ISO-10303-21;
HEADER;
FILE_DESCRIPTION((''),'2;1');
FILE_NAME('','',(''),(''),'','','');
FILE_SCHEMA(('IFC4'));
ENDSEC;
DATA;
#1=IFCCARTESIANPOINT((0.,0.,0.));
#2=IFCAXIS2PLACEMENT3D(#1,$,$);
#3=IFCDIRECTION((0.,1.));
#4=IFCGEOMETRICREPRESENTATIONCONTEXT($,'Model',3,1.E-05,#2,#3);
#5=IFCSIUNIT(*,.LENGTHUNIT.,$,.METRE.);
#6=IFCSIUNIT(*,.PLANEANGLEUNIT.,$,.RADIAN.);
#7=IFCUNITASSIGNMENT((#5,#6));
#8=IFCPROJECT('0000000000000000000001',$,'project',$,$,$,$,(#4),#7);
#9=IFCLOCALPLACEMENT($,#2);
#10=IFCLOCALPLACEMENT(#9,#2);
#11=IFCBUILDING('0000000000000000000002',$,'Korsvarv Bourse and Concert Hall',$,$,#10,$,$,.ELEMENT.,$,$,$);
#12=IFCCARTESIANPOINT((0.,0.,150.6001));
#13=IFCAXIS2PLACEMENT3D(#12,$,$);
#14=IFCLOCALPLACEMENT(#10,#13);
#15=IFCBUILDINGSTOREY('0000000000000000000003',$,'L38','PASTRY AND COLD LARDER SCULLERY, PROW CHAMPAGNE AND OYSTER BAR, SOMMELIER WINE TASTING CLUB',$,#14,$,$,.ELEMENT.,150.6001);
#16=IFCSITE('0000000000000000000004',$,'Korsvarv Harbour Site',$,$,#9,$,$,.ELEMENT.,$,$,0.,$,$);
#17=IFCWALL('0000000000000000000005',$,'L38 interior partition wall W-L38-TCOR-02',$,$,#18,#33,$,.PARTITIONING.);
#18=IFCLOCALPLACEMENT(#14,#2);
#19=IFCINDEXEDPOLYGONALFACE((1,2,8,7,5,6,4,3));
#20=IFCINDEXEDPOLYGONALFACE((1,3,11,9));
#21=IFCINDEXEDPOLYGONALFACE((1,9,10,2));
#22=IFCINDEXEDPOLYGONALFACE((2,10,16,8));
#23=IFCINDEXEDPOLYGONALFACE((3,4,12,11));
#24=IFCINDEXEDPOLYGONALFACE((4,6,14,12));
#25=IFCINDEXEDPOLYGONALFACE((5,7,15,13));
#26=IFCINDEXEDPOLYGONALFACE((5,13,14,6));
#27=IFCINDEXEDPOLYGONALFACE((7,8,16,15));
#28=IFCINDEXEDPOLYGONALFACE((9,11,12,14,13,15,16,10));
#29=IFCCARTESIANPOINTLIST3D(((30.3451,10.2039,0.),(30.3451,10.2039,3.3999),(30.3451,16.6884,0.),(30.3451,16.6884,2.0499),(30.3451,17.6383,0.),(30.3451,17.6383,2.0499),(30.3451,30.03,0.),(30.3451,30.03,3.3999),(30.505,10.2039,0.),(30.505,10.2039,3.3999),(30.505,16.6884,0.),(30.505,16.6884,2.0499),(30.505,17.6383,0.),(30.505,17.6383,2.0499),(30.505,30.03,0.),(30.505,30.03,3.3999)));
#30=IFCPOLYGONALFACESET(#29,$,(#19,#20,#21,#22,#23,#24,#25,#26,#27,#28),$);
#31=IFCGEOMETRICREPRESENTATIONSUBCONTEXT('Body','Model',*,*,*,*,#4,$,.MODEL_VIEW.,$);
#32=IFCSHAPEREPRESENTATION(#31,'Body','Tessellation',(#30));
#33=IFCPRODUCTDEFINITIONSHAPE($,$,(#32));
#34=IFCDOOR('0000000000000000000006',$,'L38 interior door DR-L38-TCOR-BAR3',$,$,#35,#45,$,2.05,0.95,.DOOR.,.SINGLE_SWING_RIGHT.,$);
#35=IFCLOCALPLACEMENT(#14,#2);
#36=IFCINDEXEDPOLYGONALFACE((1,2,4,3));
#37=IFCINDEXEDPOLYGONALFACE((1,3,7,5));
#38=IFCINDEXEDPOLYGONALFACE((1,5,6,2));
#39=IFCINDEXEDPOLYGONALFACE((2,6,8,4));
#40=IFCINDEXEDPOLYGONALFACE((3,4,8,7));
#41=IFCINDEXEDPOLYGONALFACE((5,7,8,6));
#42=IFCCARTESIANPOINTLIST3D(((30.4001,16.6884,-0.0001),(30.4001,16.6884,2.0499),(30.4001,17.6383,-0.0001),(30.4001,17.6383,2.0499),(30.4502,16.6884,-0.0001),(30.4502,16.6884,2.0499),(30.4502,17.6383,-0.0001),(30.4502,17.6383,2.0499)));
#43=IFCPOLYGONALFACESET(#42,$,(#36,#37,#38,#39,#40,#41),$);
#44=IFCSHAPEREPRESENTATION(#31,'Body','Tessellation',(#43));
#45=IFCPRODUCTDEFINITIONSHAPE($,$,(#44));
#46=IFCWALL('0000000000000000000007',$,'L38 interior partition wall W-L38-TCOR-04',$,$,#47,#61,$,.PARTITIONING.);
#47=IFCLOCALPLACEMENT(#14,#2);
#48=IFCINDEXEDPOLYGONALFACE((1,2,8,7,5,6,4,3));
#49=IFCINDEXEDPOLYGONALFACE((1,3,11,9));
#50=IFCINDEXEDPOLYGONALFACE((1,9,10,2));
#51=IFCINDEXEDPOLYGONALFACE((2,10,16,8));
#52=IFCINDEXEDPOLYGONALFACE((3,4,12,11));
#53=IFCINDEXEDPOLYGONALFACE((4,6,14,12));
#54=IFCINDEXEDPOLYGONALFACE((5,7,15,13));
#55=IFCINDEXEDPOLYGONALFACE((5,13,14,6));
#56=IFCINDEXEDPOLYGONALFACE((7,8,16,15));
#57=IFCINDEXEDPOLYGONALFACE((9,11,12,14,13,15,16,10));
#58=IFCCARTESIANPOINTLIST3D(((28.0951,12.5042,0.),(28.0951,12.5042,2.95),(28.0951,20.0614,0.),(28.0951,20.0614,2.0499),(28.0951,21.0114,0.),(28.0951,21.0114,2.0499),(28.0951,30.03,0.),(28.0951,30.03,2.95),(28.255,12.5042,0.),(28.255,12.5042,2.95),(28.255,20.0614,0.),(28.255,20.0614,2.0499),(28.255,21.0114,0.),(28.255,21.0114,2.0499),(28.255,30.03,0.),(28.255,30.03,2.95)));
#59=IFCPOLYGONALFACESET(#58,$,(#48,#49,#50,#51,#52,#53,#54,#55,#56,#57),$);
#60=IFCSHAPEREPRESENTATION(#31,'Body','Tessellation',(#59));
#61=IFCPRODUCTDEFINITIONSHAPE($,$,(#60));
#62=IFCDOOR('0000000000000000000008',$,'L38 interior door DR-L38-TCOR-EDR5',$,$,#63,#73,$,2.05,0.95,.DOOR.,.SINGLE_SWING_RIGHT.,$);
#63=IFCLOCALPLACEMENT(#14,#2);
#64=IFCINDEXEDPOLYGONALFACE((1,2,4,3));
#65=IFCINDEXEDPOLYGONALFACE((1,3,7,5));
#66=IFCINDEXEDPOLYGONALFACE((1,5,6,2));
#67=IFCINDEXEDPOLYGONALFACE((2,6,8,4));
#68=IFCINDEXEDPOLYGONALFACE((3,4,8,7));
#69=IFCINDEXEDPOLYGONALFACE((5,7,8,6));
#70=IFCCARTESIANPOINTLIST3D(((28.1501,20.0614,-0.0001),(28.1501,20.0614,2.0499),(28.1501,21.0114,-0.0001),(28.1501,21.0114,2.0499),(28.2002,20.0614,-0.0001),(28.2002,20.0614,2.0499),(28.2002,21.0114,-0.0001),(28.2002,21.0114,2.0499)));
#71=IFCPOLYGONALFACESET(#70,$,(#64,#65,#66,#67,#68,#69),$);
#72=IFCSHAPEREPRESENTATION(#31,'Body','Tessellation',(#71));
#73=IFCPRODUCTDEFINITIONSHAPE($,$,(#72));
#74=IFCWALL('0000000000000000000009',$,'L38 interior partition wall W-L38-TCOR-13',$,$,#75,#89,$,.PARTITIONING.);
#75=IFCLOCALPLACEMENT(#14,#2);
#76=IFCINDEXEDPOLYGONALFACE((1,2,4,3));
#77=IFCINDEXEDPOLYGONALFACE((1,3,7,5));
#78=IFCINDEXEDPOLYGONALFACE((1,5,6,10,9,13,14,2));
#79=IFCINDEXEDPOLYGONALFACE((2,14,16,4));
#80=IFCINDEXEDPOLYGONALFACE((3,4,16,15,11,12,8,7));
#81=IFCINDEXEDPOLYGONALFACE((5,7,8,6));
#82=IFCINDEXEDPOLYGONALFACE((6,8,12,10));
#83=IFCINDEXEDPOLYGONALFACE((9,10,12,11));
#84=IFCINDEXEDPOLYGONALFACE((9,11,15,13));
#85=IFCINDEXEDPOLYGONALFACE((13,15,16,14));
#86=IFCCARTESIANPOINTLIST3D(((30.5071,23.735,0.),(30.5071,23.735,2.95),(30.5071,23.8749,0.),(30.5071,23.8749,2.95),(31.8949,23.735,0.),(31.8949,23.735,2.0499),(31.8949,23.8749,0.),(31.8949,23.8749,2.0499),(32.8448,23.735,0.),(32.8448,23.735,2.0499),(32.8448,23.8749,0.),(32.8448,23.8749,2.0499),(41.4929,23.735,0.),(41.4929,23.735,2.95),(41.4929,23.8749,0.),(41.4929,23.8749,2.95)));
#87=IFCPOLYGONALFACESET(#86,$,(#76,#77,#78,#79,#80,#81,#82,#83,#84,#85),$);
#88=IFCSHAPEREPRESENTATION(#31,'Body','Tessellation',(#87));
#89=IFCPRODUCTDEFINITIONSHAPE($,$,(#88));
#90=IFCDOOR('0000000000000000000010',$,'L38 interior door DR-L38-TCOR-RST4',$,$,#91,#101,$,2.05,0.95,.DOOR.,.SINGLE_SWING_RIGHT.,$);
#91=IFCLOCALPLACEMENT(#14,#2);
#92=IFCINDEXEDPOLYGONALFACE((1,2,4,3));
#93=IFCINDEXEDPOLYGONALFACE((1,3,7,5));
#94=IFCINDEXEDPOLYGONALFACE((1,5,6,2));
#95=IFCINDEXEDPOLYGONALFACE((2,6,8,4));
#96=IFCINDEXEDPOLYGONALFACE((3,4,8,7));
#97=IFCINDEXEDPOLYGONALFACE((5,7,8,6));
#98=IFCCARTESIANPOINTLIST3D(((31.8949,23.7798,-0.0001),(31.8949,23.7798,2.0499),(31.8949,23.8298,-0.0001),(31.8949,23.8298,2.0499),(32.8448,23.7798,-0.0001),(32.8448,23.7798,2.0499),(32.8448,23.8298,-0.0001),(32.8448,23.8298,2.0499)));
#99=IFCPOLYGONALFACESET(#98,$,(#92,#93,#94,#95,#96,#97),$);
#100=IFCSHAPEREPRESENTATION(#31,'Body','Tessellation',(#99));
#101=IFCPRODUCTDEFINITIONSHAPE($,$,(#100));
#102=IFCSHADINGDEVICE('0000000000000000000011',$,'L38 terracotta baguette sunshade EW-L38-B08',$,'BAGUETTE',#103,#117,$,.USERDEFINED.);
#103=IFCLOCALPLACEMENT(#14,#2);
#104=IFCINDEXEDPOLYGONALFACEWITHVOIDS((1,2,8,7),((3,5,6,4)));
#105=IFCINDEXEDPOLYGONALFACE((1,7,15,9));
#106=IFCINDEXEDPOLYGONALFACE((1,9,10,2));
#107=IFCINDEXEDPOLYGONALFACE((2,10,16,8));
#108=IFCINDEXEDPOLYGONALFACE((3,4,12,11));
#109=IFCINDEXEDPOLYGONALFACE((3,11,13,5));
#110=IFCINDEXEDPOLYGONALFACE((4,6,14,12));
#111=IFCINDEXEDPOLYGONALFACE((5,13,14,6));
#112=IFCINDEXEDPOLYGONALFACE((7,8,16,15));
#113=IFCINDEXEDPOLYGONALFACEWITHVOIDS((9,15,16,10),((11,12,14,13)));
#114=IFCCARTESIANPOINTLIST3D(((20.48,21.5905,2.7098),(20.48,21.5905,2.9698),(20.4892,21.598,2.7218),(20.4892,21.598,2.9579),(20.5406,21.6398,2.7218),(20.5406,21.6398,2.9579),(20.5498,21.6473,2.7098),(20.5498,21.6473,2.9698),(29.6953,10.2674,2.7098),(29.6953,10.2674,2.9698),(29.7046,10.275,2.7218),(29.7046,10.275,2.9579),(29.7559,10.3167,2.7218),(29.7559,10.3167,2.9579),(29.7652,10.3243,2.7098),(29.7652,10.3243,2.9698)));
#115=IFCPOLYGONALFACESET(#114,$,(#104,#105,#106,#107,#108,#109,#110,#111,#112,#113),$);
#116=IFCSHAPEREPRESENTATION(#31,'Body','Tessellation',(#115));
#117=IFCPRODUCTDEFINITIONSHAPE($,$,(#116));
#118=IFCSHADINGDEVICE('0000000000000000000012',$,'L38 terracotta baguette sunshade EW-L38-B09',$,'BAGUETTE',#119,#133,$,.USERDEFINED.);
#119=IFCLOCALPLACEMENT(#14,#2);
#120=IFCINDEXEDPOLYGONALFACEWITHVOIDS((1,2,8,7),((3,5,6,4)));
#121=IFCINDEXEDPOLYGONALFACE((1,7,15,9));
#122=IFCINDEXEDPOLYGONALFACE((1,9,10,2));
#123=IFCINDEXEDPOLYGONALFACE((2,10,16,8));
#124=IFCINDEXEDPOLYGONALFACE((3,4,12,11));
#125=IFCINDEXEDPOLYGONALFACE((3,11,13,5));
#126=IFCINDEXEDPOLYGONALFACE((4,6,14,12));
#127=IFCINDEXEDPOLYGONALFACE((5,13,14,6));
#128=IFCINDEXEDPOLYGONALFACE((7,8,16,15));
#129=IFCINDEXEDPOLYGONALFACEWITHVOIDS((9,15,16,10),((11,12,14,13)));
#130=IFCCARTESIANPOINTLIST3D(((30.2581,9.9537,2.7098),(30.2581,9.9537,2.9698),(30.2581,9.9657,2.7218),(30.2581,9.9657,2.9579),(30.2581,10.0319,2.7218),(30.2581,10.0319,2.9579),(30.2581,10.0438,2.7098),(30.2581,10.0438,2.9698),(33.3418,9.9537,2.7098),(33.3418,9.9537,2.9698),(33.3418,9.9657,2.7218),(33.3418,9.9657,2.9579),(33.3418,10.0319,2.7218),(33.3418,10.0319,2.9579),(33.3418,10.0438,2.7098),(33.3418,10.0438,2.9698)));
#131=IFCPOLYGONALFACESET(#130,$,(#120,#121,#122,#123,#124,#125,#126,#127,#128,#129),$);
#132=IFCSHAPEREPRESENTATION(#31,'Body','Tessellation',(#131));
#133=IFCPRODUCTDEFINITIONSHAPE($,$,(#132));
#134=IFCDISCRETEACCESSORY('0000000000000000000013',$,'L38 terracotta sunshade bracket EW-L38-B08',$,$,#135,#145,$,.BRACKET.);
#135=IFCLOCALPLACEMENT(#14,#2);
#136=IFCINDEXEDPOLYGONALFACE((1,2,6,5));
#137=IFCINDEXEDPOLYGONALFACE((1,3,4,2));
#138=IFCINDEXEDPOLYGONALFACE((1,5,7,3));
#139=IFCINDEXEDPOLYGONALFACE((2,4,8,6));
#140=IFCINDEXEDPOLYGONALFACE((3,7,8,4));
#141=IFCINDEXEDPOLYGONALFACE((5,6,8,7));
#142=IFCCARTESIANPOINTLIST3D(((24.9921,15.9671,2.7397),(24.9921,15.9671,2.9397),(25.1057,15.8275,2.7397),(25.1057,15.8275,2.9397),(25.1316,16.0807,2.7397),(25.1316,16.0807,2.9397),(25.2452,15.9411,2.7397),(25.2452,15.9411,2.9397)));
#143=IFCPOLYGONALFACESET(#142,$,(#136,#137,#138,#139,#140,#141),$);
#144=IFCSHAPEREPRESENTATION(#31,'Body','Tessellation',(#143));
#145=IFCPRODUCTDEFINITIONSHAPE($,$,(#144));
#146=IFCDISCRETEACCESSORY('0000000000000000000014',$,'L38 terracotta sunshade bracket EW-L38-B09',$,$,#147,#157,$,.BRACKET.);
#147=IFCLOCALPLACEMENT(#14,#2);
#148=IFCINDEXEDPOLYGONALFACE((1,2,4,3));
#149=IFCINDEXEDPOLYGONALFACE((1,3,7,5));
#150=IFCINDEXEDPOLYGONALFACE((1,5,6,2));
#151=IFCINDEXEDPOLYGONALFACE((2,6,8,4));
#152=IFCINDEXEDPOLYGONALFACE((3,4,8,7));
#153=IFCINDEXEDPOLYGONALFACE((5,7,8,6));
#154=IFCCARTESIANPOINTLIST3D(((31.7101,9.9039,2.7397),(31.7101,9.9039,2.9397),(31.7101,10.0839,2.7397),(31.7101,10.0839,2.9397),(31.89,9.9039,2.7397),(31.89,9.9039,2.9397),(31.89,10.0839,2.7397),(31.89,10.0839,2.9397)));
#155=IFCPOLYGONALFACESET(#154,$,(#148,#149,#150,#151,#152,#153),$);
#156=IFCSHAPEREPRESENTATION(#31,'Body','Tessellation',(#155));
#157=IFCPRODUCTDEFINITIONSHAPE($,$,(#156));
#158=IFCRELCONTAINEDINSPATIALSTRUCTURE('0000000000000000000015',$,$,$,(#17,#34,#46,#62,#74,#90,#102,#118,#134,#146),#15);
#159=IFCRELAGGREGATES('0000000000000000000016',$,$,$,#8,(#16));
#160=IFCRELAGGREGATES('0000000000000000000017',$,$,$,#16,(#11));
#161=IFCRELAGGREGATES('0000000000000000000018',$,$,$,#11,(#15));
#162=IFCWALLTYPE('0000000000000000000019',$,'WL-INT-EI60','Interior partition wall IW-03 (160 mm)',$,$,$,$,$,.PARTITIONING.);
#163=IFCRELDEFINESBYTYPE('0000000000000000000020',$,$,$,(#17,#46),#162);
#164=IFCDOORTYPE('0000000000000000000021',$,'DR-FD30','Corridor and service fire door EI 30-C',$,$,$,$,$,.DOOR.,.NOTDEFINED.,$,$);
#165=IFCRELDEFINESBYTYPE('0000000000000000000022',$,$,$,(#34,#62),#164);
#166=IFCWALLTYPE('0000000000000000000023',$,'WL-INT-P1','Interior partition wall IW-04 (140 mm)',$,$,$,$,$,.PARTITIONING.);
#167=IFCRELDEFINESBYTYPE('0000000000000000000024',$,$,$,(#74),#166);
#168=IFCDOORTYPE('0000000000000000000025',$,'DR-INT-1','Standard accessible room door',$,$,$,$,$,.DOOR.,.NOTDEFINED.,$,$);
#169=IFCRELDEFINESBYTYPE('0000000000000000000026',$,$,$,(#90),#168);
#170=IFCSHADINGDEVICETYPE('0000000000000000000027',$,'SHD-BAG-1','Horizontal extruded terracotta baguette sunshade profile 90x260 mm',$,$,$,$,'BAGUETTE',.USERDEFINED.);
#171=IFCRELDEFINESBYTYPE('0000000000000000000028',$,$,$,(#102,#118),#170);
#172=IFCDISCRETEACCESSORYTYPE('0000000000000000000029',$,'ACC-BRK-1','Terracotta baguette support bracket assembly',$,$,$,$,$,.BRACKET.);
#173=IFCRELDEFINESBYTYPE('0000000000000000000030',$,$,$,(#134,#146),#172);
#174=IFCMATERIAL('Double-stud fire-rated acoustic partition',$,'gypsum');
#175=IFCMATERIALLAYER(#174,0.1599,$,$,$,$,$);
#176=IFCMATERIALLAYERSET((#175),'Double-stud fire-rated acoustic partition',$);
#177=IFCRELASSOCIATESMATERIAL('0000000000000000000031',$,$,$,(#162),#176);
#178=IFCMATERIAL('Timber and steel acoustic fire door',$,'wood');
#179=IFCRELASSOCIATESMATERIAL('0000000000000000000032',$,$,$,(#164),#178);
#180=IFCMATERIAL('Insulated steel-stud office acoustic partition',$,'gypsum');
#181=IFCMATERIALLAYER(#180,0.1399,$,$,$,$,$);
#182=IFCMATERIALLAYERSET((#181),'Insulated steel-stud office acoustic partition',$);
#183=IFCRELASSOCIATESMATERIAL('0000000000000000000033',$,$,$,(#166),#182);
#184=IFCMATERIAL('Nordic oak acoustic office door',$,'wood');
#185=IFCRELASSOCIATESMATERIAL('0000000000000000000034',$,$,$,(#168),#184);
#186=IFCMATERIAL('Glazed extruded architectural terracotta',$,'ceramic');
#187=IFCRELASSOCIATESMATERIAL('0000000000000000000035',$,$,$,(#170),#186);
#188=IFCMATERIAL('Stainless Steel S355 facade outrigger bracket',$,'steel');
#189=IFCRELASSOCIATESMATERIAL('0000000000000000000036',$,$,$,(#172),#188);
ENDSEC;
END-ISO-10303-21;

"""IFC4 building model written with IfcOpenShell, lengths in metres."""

from ifc_helpers import new_model, si_unit, direction, frame, frame_2d, origin, origin_2d, place, context, subcontext, project, spatial, rectangle, hollow_rectangle, extrude, source, transform, mapped, material, layer, layer_set, material_profile, profile_set, type_object, element, fill, save


model = new_model("IFC4")

# Units and contexts
model_context = context("Model", 3, precision=1e-05, world=origin(), true_north=direction((0.0, 1.0)))
body_context = subcontext(model_context, "Body", "Model", "MODEL_VIEW")
ifc_project = project(units=[si_unit("LENGTHUNIT", "METRE"), si_unit("PLANEANGLEUNIT", "RADIAN")], contexts=[model_context])

# Site, building, storey
site_placement = place(None, origin())
site = spatial("IfcSite", under=ifc_project, at=site_placement, Name="Korsvarv Harbour Site", CompositionType="ELEMENT", RefElevation=0.0)
building_placement = place(site_placement, origin())
building = spatial("IfcBuilding", under=site, at=building_placement, Name="Korsvarv Bourse and Concert Hall", CompositionType="ELEMENT")
storey_placement = place(building_placement, frame((0.0, 0.0, 150.6001)))
storey = spatial("IfcBuildingStorey", under=building, at=storey_placement, Name="L38", Description="PASTRY AND COLD LARDER SCULLERY, PROW CHAMPAGNE AND OYSTER BAR, SOMMELIER WINE TASTING CLUB", CompositionType="ELEMENT", Elevation=150.6001)

# Walls, openings, doors
ifc_material_1 = material(Name="Double-stud fire-rated acoustic partition", Category="gypsum")
ifc_layer_1 = layer(ifc_material_1, 0.1599)
ifc_layer_set_1 = layer_set([ifc_layer_1], Name="Double-stud fire-rated acoustic partition")
wall_type_1 = type_object("IfcWallType", Name="WL-INT-EI60", Description="Interior partition wall IW-03 (160 mm)", PredefinedType="PARTITIONING", material=ifc_layer_set_1)
wall_1_placement = place(storey_placement, frame((30.425, 10.2039, 0.0), z_axis=(0.0, 0.0, 1.0), x_axis=(0.0, 1.0, 0.0)))
wall_1 = element("IfcWall", 1, at=wall_1_placement, inside=storey, type_object=wall_type_1, Name="L38 interior partition wall W-L38-TCOR-02", PredefinedType="PARTITIONING", context=body_context, shape_type="SweptSolid", body=[
    extrude(rectangle(XDim=19.8262, YDim=0.1599, at=frame_2d((9.9131, 0.0))), origin(), (0.0, 0.0, 1.0), 3.3999),
])
opening_1_placement = place(wall_1_placement, frame((6.4844, 0.0, 0.0)))
opening_1 = element("IfcOpeningElement", 2, at=opening_1_placement, cuts=wall_1, PredefinedType="OPENING", context=body_context, shape_type="SweptSolid", body=[
    extrude(rectangle(XDim=0.95, YDim=2.05, at=frame_2d((0.4751, 1.0249))), frame((0.0, 0.0898, 0.0), z_axis=(0.0, -1.0, 0.0), x_axis=(1.0, 0.0, 0.0)), (0.0, 0.0, 1.0), 0.1799),
])
ifc_material_2 = material(Name="Timber and steel acoustic fire door", Category="wood")
door_type_1 = type_object("IfcDoorType", Name="DR-FD30", Description="Corridor and service fire door EI 30-C", OperationType="NOTDEFINED", PredefinedType="DOOR", material=ifc_material_2)
door_1_placement = place(opening_1_placement, origin())
door_1 = element("IfcDoor", 3, at=door_1_placement, inside=storey, type_object=door_type_1, Name="L38 interior door DR-L38-TCOR-BAR3", OperationType="SINGLE_SWING_RIGHT", OverallHeight=2.05, OverallWidth=0.95, PredefinedType="DOOR", context=body_context, shape_type="SweptSolid", body=[
    extrude(rectangle(XDim=0.95, YDim=2.05, at=frame_2d((0.4751, 1.0249))), frame((0.0, 0.0249, 0.0), z_axis=(0.0, -1.0, 0.0), x_axis=(1.0, 0.0, 0.0)), (0.0, 0.0, 1.0), 0.05),
])
fill(opening_1, door_1)
wall_2_placement = place(storey_placement, frame((28.175, 12.5042, 0.0), z_axis=(0.0, 0.0, 1.0), x_axis=(0.0, 1.0, 0.0)))
wall_2 = element("IfcWall", 4, at=wall_2_placement, inside=storey, type_object=wall_type_1, Name="L38 interior partition wall W-L38-TCOR-04", PredefinedType="PARTITIONING", context=body_context, shape_type="SweptSolid", body=[
    extrude(rectangle(XDim=17.5259, YDim=0.1599, at=frame_2d((8.7629, 0.0))), origin(), (0.0, 0.0, 1.0), 2.95),
])
opening_2_placement = place(wall_2_placement, frame((7.5571, 0.0, 0.0)))
opening_2 = element("IfcOpeningElement", 5, at=opening_2_placement, cuts=wall_2, PredefinedType="OPENING", context=body_context, shape_type="SweptSolid", body=[
    extrude(rectangle(XDim=0.95, YDim=2.05, at=frame_2d((0.4751, 1.0249))), frame((0.0, 0.0898, 0.0), z_axis=(0.0, -1.0, 0.0), x_axis=(1.0, 0.0, 0.0)), (0.0, 0.0, 1.0), 0.1799),
])
door_2_placement = place(opening_2_placement, origin())
door_2 = element("IfcDoor", 6, at=door_2_placement, inside=storey, type_object=door_type_1, Name="L38 interior door DR-L38-TCOR-EDR5", OperationType="SINGLE_SWING_RIGHT", OverallHeight=2.05, OverallWidth=0.95, PredefinedType="DOOR", context=body_context, shape_type="SweptSolid", body=[
    extrude(rectangle(XDim=0.95, YDim=2.05, at=frame_2d((0.4751, 1.0249))), frame((0.0, 0.0249, 0.0), z_axis=(0.0, -1.0, 0.0), x_axis=(1.0, 0.0, 0.0)), (0.0, 0.0, 1.0), 0.05),
])
fill(opening_2, door_2)
ifc_material_3 = material(Name="Insulated steel-stud office acoustic partition", Category="gypsum")
ifc_layer_2 = layer(ifc_material_3, 0.1399)
ifc_layer_set_2 = layer_set([ifc_layer_2], Name="Insulated steel-stud office acoustic partition")
wall_type_2 = type_object("IfcWallType", Name="WL-INT-P1", Description="Interior partition wall IW-04 (140 mm)", PredefinedType="PARTITIONING", material=ifc_layer_set_2)
wall_3_placement = place(storey_placement, frame((30.5071, 23.8049, 0.0), z_axis=(0.0, 0.0, 1.0), x_axis=(1.0, 0.0, 0.0)))
wall_3 = element("IfcWall", 7, at=wall_3_placement, inside=storey, type_object=wall_type_2, Name="L38 interior partition wall W-L38-TCOR-13", PredefinedType="PARTITIONING", context=body_context, shape_type="SweptSolid", body=[
    extrude(rectangle(XDim=10.9858, YDim=0.1399, at=frame_2d((5.4929, 0.0))), origin(), (0.0, 0.0, 1.0), 2.95),
])
opening_3_placement = place(wall_3_placement, frame((1.3877, 0.0, 0.0)))
opening_3 = element("IfcOpeningElement", 8, at=opening_3_placement, cuts=wall_3, PredefinedType="OPENING", context=body_context, shape_type="SweptSolid", body=[
    extrude(rectangle(XDim=0.95, YDim=2.05, at=frame_2d((0.4751, 1.0249))), frame((0.0, 0.0801, 0.0), z_axis=(0.0, -1.0, 0.0), x_axis=(1.0, 0.0, 0.0)), (0.0, 0.0, 1.0), 0.1599),
])
ifc_material_4 = material(Name="Nordic oak acoustic office door", Category="wood")
door_type_2 = type_object("IfcDoorType", Name="DR-INT-1", Description="Standard accessible room door", OperationType="NOTDEFINED", PredefinedType="DOOR", material=ifc_material_4)
door_3_placement = place(opening_3_placement, origin())
door_3 = element("IfcDoor", 9, at=door_3_placement, inside=storey, type_object=door_type_2, Name="L38 interior door DR-L38-TCOR-RST4", OperationType="SINGLE_SWING_RIGHT", OverallHeight=2.05, OverallWidth=0.95, PredefinedType="DOOR", context=body_context, shape_type="SweptSolid", body=[
    extrude(rectangle(XDim=0.95, YDim=2.05, at=frame_2d((0.4751, 1.0249))), frame((0.0, 0.0249, 0.0), z_axis=(0.0, -1.0, 0.0), x_axis=(1.0, 0.0, 0.0)), (0.0, 0.0, 1.0), 0.05),
])
fill(opening_3, door_3)

# Shading devices
ifc_material_5 = material(Name="Glazed extruded architectural terracotta", Category="ceramic")
ifc_material_profile_1 = material_profile(ifc_material_5, hollow_rectangle(XDim=0.0901, YDim=0.26, WallThickness=0.012, at=origin_2d()), Name="TC-BAG 90x260")
ifc_profile_set_1 = profile_set([ifc_material_profile_1], Name="Glazed extruded architectural terracotta")
shading_device_type = type_object("IfcShadingDeviceType", Name="SHD-BAG-1", Description="Horizontal extruded terracotta baguette sunshade profile 90x260 mm", ElementType="BAGUETTE", PredefinedType="USERDEFINED", material=ifc_profile_set_1)
shared_shape_1 = source(origin(), body_context, "Body", "SweptSolid", [
    extrude(hollow_rectangle(XDim=0.0901, YDim=0.26, WallThickness=0.012, at=origin_2d()), origin(), (0.0, 0.0, 1.0), 14.5991),
])
shading_device_1_placement = place(storey_placement, frame((20.5149, 21.6189, 2.8398), z_axis=(0.631228, -0.775598, 0.0), x_axis=(0.775598, 0.631228, 0.0)))
element("IfcShadingDevice", 10, at=shading_device_1_placement, inside=storey, type_object=shading_device_type, Name="L38 terracotta baguette sunshade EW-L38-B08", ObjectType="BAGUETTE", PredefinedType="USERDEFINED", context=body_context, shape_type="MappedRepresentation", body=[
    mapped(shared_shape_1, transform((0.0, 0.0, 0.0), scale=1.0)),
])
shared_shape_2 = source(origin(), body_context, "Body", "SweptSolid", [
    extrude(hollow_rectangle(XDim=0.0901, YDim=0.26, WallThickness=0.012, at=origin_2d()), origin(), (0.0, 0.0, 1.0), 3.0837),
])
shading_device_2_placement = place(storey_placement, frame((30.2581, 9.9988, 2.8398), z_axis=(1.0, 0.0, 0.0), x_axis=(0.0, 1.0, 0.0)))
element("IfcShadingDevice", 11, at=shading_device_2_placement, inside=storey, type_object=shading_device_type, Name="L38 terracotta baguette sunshade EW-L38-B09", ObjectType="BAGUETTE", PredefinedType="USERDEFINED", context=body_context, shape_type="MappedRepresentation", body=[
    mapped(shared_shape_2, transform((0.0, 0.0, 0.0), scale=1.0)),
])

# Discrete accessories
ifc_material_6 = material(Name="Stainless Steel S355 facade outrigger bracket", Category="steel")
discrete_accessory_type = type_object("IfcDiscreteAccessoryType", Name="ACC-BRK-1", Description="Terracotta baguette support bracket assembly", PredefinedType="BRACKET", material=ifc_material_6)
shared_shape_3 = source(origin(), body_context, "Body", "SweptSolid", [
    extrude(rectangle(XDim=0.1799, YDim=0.1799, at=origin_2d()), origin(), (0.0, 0.0, 1.0), 0.2),
])
for number, where, z_axis, x_axis, name in (
    (12, (25.1187, 15.9541, 2.7397), (0.0, 0.0, 1.0), (0.631217, -0.775606, 0.0), "L38 terracotta sunshade bracket EW-L38-B08"),
    (13, (31.8, 9.9939, 2.7397), (0.0, 0.0, 1.0), (1.0, 0.0, 0.0), "L38 terracotta sunshade bracket EW-L38-B09"),
):
    element("IfcDiscreteAccessory", number, at=place(storey_placement, frame(where, z_axis=z_axis, x_axis=x_axis)), inside=storey, type_object=discrete_accessory_type, Name=name, PredefinedType="BRACKET", context=body_context, shape_type="MappedRepresentation", body=[
        mapped(shared_shape_3, transform((0.0, 0.0, 0.0), scale=1.0)),
    ])

save(model, "model.ifc")
